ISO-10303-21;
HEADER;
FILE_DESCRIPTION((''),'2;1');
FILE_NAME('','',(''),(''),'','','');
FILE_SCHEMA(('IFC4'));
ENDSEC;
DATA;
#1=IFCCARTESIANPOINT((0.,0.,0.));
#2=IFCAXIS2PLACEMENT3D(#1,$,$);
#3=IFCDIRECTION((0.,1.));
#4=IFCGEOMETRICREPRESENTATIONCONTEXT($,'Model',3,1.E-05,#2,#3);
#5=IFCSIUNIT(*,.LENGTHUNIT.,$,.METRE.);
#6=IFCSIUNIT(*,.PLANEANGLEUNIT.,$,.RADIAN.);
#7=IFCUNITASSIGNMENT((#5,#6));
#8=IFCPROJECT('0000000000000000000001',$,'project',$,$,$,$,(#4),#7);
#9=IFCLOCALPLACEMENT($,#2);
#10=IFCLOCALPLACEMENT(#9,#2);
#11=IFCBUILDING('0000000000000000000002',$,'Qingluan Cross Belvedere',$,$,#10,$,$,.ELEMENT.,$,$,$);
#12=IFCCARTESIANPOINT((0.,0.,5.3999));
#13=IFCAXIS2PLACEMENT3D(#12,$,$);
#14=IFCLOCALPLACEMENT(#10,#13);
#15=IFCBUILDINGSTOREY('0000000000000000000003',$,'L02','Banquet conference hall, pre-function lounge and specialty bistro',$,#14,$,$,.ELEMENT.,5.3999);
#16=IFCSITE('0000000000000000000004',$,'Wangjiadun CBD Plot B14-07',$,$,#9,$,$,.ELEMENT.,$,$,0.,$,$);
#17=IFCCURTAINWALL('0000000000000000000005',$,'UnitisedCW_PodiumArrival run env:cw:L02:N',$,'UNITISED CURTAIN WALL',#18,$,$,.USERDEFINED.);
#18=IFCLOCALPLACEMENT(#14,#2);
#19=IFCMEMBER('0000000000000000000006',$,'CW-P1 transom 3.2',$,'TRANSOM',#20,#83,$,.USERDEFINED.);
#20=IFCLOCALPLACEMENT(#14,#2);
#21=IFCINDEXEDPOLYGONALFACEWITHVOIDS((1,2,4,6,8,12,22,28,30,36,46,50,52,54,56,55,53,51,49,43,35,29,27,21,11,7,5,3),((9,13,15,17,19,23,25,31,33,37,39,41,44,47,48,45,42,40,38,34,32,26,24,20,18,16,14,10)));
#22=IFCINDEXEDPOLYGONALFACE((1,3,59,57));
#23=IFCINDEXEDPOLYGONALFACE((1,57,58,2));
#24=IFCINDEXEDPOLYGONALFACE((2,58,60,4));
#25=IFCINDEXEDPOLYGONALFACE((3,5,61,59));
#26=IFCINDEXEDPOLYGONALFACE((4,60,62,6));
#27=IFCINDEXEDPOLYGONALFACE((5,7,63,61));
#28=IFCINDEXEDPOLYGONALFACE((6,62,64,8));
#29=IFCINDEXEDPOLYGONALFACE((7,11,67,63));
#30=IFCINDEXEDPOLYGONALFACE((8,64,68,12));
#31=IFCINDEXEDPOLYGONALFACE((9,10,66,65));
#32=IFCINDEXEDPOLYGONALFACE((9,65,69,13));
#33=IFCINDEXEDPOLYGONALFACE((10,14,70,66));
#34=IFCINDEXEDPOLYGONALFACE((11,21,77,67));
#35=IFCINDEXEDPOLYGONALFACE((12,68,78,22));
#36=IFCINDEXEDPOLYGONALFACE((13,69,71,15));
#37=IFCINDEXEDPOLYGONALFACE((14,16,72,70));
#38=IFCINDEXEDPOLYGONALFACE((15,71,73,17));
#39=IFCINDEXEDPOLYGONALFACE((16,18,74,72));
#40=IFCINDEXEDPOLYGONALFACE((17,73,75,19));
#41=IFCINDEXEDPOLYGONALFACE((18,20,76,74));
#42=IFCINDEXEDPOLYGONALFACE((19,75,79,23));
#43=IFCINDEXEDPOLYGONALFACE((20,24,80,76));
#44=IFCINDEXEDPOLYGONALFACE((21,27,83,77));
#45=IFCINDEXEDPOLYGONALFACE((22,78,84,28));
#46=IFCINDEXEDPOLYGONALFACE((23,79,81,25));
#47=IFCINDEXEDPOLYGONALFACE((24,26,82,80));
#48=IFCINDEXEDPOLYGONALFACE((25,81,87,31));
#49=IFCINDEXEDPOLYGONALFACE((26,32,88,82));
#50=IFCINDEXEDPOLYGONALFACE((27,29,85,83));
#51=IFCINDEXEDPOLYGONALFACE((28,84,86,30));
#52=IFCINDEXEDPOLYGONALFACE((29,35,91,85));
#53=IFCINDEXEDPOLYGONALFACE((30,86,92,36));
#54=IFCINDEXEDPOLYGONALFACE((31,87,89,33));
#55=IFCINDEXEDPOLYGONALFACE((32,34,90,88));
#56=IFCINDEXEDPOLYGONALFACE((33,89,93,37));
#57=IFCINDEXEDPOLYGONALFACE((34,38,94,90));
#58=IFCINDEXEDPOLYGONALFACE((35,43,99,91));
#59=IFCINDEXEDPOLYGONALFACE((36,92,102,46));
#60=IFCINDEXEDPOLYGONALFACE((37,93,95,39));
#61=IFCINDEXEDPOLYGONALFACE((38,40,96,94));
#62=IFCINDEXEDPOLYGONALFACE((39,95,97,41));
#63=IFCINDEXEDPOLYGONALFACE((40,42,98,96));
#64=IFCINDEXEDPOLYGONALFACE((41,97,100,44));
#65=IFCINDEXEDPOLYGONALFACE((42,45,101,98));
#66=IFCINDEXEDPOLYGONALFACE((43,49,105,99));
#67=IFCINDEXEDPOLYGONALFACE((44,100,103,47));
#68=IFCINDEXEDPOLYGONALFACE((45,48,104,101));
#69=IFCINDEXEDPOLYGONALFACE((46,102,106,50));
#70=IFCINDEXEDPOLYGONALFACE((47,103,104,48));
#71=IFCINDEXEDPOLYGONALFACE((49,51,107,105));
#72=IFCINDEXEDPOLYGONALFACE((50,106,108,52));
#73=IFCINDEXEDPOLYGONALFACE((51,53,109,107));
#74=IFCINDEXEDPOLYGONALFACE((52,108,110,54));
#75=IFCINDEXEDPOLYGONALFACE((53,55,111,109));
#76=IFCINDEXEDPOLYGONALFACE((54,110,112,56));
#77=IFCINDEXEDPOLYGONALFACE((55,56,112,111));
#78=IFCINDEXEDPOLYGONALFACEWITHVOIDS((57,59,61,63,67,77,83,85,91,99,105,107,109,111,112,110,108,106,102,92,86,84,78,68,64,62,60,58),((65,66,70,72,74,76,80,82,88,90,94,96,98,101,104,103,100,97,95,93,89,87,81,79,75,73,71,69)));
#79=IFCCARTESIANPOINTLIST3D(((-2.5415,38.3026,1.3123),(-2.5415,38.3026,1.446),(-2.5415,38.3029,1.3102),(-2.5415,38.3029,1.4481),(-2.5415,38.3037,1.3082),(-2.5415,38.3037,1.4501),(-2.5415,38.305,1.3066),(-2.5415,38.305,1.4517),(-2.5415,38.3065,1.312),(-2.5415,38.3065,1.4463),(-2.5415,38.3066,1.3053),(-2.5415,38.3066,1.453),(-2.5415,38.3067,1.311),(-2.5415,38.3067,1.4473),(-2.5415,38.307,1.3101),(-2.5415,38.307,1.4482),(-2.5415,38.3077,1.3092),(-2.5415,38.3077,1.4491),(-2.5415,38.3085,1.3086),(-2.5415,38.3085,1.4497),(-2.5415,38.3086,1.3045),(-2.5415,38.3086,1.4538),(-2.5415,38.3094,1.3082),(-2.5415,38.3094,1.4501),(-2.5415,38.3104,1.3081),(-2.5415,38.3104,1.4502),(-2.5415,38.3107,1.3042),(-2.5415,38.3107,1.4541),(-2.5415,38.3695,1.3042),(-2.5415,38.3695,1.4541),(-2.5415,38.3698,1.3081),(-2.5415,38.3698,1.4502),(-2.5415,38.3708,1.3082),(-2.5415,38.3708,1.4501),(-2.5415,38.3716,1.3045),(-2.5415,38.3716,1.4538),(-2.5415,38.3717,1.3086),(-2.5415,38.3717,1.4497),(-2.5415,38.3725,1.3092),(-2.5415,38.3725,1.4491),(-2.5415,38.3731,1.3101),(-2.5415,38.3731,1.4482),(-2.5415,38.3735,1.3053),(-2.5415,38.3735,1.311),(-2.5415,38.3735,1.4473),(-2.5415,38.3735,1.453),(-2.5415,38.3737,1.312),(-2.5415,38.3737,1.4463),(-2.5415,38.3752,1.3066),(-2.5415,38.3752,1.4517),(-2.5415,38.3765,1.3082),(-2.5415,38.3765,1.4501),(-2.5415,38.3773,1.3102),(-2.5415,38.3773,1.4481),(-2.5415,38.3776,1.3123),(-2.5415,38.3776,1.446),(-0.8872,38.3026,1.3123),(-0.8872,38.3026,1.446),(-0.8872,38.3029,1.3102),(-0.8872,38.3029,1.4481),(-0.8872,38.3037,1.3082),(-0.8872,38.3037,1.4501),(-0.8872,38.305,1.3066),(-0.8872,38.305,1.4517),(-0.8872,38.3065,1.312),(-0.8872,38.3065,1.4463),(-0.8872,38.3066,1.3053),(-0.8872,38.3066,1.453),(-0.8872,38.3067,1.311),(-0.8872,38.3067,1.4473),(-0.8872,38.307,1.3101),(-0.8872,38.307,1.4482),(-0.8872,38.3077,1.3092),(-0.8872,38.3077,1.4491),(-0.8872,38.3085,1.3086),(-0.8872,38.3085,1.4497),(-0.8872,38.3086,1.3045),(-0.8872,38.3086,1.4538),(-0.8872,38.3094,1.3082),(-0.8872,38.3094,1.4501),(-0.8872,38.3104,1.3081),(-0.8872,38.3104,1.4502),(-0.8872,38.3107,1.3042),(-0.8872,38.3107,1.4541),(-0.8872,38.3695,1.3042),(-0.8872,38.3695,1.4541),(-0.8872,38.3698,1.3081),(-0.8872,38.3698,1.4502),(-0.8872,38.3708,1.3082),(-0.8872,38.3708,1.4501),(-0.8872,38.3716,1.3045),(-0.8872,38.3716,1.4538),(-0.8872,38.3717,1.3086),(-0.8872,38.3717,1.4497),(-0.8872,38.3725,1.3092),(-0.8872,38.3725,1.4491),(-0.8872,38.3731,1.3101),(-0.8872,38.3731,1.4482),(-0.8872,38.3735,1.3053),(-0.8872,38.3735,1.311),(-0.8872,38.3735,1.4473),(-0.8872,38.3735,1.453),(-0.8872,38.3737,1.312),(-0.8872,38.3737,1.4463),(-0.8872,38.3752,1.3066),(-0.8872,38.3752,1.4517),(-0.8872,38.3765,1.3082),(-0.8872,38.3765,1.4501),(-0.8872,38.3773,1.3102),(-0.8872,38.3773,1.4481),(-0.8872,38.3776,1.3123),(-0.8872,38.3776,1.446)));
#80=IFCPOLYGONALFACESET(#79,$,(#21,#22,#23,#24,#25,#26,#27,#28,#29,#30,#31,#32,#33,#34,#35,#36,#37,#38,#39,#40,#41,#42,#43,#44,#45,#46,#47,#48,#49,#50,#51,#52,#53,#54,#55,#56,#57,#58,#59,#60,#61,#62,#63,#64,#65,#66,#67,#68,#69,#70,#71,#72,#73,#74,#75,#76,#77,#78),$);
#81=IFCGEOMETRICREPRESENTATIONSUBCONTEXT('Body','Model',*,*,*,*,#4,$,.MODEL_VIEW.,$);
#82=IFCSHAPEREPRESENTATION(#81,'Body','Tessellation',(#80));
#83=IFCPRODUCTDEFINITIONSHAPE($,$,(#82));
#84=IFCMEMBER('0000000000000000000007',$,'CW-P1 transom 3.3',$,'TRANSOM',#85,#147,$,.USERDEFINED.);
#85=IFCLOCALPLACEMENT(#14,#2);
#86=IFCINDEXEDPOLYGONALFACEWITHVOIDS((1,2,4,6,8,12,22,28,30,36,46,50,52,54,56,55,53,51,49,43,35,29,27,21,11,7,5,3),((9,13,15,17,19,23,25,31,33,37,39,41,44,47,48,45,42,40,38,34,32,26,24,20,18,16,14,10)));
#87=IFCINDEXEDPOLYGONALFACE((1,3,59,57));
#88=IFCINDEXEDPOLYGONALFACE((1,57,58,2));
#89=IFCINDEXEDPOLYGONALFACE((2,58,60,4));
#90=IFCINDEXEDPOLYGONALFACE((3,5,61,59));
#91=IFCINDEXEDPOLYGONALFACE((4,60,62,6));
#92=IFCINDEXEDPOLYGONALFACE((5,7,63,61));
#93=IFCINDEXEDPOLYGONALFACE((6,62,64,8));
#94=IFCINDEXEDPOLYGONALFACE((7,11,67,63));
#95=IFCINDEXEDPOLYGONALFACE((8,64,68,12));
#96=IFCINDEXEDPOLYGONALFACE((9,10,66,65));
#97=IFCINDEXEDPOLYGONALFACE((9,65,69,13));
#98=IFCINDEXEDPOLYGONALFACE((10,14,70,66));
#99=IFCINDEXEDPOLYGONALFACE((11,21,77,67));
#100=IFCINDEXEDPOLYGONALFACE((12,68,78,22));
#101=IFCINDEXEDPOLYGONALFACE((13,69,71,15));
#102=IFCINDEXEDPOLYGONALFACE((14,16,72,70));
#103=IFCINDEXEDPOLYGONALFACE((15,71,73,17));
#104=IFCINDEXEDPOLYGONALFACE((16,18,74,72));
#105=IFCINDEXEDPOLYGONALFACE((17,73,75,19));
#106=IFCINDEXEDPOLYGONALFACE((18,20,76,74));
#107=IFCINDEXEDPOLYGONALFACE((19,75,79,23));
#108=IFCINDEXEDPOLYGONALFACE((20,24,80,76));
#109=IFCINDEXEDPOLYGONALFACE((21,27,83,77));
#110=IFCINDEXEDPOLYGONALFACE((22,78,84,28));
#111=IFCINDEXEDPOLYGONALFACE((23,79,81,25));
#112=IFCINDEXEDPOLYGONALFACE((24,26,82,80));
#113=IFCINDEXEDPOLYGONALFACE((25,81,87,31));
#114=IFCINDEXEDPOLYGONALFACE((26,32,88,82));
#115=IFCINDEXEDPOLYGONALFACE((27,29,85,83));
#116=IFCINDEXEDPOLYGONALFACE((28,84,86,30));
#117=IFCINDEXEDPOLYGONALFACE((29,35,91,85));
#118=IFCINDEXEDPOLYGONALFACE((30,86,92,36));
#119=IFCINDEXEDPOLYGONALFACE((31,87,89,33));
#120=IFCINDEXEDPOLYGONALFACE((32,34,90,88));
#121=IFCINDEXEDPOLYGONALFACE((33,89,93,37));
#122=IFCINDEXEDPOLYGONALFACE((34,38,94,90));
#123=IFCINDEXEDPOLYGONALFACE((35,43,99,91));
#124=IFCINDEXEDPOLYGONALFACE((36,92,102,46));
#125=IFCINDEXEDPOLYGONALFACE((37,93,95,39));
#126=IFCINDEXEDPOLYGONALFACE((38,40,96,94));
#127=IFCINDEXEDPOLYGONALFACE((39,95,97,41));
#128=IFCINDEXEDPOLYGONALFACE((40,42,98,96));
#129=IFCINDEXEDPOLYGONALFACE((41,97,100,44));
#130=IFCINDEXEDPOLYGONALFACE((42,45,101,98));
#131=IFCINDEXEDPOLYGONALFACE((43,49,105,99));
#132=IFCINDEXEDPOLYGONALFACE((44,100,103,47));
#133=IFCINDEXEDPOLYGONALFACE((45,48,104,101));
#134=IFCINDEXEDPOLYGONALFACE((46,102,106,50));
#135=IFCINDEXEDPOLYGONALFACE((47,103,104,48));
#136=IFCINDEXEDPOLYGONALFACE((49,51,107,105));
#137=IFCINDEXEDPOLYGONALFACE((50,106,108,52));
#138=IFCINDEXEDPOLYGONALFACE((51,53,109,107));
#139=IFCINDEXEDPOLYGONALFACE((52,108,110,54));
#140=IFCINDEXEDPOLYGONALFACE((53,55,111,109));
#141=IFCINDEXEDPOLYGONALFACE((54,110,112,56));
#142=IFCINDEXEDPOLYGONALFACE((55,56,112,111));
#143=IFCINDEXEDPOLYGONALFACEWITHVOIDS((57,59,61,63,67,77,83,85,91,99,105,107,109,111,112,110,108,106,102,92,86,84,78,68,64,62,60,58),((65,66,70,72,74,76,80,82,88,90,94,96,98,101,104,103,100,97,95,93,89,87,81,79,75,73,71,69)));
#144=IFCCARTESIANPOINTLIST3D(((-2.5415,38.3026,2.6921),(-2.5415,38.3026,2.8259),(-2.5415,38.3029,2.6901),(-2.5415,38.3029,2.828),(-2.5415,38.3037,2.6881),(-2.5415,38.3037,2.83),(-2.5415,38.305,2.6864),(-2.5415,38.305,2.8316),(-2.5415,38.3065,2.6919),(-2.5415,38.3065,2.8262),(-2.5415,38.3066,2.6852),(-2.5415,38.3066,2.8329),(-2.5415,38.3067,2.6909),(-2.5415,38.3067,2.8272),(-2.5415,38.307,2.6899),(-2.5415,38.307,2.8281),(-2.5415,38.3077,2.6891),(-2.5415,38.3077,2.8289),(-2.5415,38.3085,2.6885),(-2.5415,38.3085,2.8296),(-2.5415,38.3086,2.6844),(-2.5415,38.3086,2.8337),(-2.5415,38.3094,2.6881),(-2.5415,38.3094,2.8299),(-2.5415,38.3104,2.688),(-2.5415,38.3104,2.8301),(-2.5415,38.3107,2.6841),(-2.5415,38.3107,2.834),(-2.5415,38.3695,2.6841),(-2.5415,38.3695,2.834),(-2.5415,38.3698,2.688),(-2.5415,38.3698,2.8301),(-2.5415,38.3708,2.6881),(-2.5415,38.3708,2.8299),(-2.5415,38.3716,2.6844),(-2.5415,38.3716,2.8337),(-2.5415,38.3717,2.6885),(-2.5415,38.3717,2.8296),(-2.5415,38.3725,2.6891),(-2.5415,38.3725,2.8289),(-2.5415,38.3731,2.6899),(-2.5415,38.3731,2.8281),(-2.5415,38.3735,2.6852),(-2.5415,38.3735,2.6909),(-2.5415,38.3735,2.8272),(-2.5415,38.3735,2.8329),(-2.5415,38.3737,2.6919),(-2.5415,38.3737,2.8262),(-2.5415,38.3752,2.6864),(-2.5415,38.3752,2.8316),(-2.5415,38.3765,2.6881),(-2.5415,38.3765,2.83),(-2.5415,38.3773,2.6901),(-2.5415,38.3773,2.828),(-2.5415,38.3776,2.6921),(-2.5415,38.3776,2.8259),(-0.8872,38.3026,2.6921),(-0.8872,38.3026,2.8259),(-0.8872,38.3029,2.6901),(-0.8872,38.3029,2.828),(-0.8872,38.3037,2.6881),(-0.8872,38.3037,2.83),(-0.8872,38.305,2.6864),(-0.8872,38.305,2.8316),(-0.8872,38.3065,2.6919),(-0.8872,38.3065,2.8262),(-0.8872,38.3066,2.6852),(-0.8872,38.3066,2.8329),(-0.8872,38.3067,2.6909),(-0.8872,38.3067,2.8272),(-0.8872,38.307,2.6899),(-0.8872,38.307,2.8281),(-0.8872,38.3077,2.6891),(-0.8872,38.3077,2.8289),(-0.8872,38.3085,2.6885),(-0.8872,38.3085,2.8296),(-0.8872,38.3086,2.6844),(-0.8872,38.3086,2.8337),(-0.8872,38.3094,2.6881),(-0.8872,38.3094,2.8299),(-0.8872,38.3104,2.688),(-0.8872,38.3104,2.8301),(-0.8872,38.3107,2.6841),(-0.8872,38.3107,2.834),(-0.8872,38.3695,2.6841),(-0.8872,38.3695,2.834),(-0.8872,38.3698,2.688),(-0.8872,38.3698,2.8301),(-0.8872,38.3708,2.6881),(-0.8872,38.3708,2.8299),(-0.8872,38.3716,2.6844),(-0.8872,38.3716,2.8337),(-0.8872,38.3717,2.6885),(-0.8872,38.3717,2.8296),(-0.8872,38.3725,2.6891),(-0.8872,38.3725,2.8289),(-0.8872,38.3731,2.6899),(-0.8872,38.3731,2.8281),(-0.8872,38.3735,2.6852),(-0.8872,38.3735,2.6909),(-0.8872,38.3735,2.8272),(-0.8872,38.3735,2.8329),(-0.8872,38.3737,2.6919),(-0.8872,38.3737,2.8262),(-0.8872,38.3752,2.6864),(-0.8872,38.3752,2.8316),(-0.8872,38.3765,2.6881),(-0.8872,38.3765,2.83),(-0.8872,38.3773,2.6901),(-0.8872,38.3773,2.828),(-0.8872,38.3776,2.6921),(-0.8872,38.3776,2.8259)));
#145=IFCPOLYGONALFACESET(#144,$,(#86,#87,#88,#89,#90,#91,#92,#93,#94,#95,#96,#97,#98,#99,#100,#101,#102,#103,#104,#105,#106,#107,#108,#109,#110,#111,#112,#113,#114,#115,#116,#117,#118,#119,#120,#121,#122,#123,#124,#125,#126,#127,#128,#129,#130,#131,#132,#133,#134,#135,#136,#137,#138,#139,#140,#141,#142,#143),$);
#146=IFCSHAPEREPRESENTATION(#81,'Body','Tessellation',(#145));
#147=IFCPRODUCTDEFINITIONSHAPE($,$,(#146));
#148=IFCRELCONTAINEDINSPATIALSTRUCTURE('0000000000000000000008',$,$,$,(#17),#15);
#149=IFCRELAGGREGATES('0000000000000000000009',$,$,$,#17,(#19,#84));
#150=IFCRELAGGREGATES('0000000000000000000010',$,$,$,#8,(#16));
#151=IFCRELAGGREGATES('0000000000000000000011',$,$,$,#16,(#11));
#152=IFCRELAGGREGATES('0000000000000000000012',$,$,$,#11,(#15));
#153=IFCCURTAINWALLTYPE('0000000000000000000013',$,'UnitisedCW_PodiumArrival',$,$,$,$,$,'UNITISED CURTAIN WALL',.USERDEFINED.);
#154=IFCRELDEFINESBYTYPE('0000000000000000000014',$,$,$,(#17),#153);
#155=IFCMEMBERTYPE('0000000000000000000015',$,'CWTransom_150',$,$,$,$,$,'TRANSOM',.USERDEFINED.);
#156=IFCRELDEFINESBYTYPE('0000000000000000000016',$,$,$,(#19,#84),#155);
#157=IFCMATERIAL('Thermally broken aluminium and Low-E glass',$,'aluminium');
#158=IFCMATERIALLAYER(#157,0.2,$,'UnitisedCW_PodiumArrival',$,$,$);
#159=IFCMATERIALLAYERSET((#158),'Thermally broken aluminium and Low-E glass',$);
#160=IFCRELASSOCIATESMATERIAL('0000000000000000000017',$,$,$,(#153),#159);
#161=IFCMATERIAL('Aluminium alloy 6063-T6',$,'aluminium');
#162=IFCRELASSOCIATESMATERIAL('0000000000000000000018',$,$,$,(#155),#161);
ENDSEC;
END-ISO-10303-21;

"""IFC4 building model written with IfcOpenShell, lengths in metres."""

from ifc_helpers import new_model, si_unit, direction, frame, origin, origin_2d, place, context, subcontext, project, spatial, hollow_rectangle, extrude, material, layer, layer_set, material_profile, profile_set, type_object, element, aggregate, save


model = new_model("IFC4")

# Units and contexts
model_context = context("Model", 3, precision=1e-05, world=origin(), true_north=direction((0.0, 1.0)))
body_context = subcontext(model_context, "Body", "Model", "MODEL_VIEW")
ifc_project = project(units=[si_unit("LENGTHUNIT", "METRE"), si_unit("PLANEANGLEUNIT", "RADIAN")], contexts=[model_context])

# Site, building, storey
site_placement = place(None, origin())
site = spatial("IfcSite", under=ifc_project, at=site_placement, Name="Wangjiadun CBD Plot B14-07", CompositionType="ELEMENT", RefElevation=0.0)
building_placement = place(site_placement, origin())
building = spatial("IfcBuilding", under=site, at=building_placement, Name="Qingluan Cross Belvedere", CompositionType="ELEMENT")
storey_placement = place(building_placement, frame((0.0, 0.0, 5.3999)))
storey = spatial("IfcBuildingStorey", under=building, at=storey_placement, Name="L02", Description="Banquet conference hall, pre-function lounge and specialty bistro", CompositionType="ELEMENT", Elevation=5.3999)

# Curtain wall, members
ifc_material_1 = material(Name="Thermally broken aluminium and Low-E glass", Category="aluminium")
ifc_layer_1 = layer(ifc_material_1, 0.2, Name="UnitisedCW_PodiumArrival")
ifc_layer_set_1 = layer_set([ifc_layer_1], Name="Thermally broken aluminium and Low-E glass")
curtain_wall_type = type_object("IfcCurtainWallType", Name="UnitisedCW_PodiumArrival", ElementType="UNITISED CURTAIN WALL", PredefinedType="USERDEFINED", material=ifc_layer_set_1)
curtain_wall_placement = place(storey_placement, origin())
curtain_wall = element("IfcCurtainWall", 1, at=curtain_wall_placement, inside=storey, type_object=curtain_wall_type, Name="UnitisedCW_PodiumArrival run env:cw:L02:N", ObjectType="UNITISED CURTAIN WALL", PredefinedType="USERDEFINED")
ifc_material_2 = material(Name="Aluminium alloy 6063-T6", Category="aluminium")
ifc_material_profile_1 = material_profile(ifc_material_2, hollow_rectangle(XDim=0.075, YDim=0.1499, WallThickness=0.0039, InnerFilletRadius=0.0039, OuterFilletRadius=0.0081, at=origin_2d()), Name="CWT150x75x4")
ifc_profile_set_1 = profile_set([ifc_material_profile_1], Name="Aluminium alloy 6063-T6")
member_type_1 = type_object("IfcMemberType", Name="CWTransom_150", ElementType="TRANSOM", PredefinedType="USERDEFINED", material=ifc_profile_set_1)
member_1_placement = place(storey_placement, frame((-2.5415, 38.3401, 1.3792), z_axis=(1.0, 0.0, 0.0), x_axis=(0.0, 1.0, 0.0)))
member_1 = element("IfcMember", 2, at=member_1_placement, type_object=member_type_1, Name="CW-P1 transom 3.2", ObjectType="TRANSOM", PredefinedType="USERDEFINED", context=body_context, shape_type="SweptSolid", body=[
    extrude(hollow_rectangle(XDim=0.075, YDim=0.1499, WallThickness=0.0039, InnerFilletRadius=0.0039, OuterFilletRadius=0.0081, at=origin_2d()), origin(), (0.0, 0.0, 1.0), 1.6543),
])
member_2_placement = place(storey_placement, frame((-2.5415, 38.3401, 2.759), z_axis=(1.0, 0.0, 0.0), x_axis=(0.0, 1.0, 0.0)))
member_2 = element("IfcMember", 3, at=member_2_placement, type_object=member_type_1, Name="CW-P1 transom 3.3", ObjectType="TRANSOM", PredefinedType="USERDEFINED", context=body_context, shape_type="SweptSolid", body=[
    extrude(hollow_rectangle(XDim=0.075, YDim=0.1499, WallThickness=0.0039, InnerFilletRadius=0.0039, OuterFilletRadius=0.0081, at=origin_2d()), origin(), (0.0, 0.0, 1.0), 1.6543),
])

aggregate(curtain_wall, [member_1, member_2])

save(model, "model.ifc")
